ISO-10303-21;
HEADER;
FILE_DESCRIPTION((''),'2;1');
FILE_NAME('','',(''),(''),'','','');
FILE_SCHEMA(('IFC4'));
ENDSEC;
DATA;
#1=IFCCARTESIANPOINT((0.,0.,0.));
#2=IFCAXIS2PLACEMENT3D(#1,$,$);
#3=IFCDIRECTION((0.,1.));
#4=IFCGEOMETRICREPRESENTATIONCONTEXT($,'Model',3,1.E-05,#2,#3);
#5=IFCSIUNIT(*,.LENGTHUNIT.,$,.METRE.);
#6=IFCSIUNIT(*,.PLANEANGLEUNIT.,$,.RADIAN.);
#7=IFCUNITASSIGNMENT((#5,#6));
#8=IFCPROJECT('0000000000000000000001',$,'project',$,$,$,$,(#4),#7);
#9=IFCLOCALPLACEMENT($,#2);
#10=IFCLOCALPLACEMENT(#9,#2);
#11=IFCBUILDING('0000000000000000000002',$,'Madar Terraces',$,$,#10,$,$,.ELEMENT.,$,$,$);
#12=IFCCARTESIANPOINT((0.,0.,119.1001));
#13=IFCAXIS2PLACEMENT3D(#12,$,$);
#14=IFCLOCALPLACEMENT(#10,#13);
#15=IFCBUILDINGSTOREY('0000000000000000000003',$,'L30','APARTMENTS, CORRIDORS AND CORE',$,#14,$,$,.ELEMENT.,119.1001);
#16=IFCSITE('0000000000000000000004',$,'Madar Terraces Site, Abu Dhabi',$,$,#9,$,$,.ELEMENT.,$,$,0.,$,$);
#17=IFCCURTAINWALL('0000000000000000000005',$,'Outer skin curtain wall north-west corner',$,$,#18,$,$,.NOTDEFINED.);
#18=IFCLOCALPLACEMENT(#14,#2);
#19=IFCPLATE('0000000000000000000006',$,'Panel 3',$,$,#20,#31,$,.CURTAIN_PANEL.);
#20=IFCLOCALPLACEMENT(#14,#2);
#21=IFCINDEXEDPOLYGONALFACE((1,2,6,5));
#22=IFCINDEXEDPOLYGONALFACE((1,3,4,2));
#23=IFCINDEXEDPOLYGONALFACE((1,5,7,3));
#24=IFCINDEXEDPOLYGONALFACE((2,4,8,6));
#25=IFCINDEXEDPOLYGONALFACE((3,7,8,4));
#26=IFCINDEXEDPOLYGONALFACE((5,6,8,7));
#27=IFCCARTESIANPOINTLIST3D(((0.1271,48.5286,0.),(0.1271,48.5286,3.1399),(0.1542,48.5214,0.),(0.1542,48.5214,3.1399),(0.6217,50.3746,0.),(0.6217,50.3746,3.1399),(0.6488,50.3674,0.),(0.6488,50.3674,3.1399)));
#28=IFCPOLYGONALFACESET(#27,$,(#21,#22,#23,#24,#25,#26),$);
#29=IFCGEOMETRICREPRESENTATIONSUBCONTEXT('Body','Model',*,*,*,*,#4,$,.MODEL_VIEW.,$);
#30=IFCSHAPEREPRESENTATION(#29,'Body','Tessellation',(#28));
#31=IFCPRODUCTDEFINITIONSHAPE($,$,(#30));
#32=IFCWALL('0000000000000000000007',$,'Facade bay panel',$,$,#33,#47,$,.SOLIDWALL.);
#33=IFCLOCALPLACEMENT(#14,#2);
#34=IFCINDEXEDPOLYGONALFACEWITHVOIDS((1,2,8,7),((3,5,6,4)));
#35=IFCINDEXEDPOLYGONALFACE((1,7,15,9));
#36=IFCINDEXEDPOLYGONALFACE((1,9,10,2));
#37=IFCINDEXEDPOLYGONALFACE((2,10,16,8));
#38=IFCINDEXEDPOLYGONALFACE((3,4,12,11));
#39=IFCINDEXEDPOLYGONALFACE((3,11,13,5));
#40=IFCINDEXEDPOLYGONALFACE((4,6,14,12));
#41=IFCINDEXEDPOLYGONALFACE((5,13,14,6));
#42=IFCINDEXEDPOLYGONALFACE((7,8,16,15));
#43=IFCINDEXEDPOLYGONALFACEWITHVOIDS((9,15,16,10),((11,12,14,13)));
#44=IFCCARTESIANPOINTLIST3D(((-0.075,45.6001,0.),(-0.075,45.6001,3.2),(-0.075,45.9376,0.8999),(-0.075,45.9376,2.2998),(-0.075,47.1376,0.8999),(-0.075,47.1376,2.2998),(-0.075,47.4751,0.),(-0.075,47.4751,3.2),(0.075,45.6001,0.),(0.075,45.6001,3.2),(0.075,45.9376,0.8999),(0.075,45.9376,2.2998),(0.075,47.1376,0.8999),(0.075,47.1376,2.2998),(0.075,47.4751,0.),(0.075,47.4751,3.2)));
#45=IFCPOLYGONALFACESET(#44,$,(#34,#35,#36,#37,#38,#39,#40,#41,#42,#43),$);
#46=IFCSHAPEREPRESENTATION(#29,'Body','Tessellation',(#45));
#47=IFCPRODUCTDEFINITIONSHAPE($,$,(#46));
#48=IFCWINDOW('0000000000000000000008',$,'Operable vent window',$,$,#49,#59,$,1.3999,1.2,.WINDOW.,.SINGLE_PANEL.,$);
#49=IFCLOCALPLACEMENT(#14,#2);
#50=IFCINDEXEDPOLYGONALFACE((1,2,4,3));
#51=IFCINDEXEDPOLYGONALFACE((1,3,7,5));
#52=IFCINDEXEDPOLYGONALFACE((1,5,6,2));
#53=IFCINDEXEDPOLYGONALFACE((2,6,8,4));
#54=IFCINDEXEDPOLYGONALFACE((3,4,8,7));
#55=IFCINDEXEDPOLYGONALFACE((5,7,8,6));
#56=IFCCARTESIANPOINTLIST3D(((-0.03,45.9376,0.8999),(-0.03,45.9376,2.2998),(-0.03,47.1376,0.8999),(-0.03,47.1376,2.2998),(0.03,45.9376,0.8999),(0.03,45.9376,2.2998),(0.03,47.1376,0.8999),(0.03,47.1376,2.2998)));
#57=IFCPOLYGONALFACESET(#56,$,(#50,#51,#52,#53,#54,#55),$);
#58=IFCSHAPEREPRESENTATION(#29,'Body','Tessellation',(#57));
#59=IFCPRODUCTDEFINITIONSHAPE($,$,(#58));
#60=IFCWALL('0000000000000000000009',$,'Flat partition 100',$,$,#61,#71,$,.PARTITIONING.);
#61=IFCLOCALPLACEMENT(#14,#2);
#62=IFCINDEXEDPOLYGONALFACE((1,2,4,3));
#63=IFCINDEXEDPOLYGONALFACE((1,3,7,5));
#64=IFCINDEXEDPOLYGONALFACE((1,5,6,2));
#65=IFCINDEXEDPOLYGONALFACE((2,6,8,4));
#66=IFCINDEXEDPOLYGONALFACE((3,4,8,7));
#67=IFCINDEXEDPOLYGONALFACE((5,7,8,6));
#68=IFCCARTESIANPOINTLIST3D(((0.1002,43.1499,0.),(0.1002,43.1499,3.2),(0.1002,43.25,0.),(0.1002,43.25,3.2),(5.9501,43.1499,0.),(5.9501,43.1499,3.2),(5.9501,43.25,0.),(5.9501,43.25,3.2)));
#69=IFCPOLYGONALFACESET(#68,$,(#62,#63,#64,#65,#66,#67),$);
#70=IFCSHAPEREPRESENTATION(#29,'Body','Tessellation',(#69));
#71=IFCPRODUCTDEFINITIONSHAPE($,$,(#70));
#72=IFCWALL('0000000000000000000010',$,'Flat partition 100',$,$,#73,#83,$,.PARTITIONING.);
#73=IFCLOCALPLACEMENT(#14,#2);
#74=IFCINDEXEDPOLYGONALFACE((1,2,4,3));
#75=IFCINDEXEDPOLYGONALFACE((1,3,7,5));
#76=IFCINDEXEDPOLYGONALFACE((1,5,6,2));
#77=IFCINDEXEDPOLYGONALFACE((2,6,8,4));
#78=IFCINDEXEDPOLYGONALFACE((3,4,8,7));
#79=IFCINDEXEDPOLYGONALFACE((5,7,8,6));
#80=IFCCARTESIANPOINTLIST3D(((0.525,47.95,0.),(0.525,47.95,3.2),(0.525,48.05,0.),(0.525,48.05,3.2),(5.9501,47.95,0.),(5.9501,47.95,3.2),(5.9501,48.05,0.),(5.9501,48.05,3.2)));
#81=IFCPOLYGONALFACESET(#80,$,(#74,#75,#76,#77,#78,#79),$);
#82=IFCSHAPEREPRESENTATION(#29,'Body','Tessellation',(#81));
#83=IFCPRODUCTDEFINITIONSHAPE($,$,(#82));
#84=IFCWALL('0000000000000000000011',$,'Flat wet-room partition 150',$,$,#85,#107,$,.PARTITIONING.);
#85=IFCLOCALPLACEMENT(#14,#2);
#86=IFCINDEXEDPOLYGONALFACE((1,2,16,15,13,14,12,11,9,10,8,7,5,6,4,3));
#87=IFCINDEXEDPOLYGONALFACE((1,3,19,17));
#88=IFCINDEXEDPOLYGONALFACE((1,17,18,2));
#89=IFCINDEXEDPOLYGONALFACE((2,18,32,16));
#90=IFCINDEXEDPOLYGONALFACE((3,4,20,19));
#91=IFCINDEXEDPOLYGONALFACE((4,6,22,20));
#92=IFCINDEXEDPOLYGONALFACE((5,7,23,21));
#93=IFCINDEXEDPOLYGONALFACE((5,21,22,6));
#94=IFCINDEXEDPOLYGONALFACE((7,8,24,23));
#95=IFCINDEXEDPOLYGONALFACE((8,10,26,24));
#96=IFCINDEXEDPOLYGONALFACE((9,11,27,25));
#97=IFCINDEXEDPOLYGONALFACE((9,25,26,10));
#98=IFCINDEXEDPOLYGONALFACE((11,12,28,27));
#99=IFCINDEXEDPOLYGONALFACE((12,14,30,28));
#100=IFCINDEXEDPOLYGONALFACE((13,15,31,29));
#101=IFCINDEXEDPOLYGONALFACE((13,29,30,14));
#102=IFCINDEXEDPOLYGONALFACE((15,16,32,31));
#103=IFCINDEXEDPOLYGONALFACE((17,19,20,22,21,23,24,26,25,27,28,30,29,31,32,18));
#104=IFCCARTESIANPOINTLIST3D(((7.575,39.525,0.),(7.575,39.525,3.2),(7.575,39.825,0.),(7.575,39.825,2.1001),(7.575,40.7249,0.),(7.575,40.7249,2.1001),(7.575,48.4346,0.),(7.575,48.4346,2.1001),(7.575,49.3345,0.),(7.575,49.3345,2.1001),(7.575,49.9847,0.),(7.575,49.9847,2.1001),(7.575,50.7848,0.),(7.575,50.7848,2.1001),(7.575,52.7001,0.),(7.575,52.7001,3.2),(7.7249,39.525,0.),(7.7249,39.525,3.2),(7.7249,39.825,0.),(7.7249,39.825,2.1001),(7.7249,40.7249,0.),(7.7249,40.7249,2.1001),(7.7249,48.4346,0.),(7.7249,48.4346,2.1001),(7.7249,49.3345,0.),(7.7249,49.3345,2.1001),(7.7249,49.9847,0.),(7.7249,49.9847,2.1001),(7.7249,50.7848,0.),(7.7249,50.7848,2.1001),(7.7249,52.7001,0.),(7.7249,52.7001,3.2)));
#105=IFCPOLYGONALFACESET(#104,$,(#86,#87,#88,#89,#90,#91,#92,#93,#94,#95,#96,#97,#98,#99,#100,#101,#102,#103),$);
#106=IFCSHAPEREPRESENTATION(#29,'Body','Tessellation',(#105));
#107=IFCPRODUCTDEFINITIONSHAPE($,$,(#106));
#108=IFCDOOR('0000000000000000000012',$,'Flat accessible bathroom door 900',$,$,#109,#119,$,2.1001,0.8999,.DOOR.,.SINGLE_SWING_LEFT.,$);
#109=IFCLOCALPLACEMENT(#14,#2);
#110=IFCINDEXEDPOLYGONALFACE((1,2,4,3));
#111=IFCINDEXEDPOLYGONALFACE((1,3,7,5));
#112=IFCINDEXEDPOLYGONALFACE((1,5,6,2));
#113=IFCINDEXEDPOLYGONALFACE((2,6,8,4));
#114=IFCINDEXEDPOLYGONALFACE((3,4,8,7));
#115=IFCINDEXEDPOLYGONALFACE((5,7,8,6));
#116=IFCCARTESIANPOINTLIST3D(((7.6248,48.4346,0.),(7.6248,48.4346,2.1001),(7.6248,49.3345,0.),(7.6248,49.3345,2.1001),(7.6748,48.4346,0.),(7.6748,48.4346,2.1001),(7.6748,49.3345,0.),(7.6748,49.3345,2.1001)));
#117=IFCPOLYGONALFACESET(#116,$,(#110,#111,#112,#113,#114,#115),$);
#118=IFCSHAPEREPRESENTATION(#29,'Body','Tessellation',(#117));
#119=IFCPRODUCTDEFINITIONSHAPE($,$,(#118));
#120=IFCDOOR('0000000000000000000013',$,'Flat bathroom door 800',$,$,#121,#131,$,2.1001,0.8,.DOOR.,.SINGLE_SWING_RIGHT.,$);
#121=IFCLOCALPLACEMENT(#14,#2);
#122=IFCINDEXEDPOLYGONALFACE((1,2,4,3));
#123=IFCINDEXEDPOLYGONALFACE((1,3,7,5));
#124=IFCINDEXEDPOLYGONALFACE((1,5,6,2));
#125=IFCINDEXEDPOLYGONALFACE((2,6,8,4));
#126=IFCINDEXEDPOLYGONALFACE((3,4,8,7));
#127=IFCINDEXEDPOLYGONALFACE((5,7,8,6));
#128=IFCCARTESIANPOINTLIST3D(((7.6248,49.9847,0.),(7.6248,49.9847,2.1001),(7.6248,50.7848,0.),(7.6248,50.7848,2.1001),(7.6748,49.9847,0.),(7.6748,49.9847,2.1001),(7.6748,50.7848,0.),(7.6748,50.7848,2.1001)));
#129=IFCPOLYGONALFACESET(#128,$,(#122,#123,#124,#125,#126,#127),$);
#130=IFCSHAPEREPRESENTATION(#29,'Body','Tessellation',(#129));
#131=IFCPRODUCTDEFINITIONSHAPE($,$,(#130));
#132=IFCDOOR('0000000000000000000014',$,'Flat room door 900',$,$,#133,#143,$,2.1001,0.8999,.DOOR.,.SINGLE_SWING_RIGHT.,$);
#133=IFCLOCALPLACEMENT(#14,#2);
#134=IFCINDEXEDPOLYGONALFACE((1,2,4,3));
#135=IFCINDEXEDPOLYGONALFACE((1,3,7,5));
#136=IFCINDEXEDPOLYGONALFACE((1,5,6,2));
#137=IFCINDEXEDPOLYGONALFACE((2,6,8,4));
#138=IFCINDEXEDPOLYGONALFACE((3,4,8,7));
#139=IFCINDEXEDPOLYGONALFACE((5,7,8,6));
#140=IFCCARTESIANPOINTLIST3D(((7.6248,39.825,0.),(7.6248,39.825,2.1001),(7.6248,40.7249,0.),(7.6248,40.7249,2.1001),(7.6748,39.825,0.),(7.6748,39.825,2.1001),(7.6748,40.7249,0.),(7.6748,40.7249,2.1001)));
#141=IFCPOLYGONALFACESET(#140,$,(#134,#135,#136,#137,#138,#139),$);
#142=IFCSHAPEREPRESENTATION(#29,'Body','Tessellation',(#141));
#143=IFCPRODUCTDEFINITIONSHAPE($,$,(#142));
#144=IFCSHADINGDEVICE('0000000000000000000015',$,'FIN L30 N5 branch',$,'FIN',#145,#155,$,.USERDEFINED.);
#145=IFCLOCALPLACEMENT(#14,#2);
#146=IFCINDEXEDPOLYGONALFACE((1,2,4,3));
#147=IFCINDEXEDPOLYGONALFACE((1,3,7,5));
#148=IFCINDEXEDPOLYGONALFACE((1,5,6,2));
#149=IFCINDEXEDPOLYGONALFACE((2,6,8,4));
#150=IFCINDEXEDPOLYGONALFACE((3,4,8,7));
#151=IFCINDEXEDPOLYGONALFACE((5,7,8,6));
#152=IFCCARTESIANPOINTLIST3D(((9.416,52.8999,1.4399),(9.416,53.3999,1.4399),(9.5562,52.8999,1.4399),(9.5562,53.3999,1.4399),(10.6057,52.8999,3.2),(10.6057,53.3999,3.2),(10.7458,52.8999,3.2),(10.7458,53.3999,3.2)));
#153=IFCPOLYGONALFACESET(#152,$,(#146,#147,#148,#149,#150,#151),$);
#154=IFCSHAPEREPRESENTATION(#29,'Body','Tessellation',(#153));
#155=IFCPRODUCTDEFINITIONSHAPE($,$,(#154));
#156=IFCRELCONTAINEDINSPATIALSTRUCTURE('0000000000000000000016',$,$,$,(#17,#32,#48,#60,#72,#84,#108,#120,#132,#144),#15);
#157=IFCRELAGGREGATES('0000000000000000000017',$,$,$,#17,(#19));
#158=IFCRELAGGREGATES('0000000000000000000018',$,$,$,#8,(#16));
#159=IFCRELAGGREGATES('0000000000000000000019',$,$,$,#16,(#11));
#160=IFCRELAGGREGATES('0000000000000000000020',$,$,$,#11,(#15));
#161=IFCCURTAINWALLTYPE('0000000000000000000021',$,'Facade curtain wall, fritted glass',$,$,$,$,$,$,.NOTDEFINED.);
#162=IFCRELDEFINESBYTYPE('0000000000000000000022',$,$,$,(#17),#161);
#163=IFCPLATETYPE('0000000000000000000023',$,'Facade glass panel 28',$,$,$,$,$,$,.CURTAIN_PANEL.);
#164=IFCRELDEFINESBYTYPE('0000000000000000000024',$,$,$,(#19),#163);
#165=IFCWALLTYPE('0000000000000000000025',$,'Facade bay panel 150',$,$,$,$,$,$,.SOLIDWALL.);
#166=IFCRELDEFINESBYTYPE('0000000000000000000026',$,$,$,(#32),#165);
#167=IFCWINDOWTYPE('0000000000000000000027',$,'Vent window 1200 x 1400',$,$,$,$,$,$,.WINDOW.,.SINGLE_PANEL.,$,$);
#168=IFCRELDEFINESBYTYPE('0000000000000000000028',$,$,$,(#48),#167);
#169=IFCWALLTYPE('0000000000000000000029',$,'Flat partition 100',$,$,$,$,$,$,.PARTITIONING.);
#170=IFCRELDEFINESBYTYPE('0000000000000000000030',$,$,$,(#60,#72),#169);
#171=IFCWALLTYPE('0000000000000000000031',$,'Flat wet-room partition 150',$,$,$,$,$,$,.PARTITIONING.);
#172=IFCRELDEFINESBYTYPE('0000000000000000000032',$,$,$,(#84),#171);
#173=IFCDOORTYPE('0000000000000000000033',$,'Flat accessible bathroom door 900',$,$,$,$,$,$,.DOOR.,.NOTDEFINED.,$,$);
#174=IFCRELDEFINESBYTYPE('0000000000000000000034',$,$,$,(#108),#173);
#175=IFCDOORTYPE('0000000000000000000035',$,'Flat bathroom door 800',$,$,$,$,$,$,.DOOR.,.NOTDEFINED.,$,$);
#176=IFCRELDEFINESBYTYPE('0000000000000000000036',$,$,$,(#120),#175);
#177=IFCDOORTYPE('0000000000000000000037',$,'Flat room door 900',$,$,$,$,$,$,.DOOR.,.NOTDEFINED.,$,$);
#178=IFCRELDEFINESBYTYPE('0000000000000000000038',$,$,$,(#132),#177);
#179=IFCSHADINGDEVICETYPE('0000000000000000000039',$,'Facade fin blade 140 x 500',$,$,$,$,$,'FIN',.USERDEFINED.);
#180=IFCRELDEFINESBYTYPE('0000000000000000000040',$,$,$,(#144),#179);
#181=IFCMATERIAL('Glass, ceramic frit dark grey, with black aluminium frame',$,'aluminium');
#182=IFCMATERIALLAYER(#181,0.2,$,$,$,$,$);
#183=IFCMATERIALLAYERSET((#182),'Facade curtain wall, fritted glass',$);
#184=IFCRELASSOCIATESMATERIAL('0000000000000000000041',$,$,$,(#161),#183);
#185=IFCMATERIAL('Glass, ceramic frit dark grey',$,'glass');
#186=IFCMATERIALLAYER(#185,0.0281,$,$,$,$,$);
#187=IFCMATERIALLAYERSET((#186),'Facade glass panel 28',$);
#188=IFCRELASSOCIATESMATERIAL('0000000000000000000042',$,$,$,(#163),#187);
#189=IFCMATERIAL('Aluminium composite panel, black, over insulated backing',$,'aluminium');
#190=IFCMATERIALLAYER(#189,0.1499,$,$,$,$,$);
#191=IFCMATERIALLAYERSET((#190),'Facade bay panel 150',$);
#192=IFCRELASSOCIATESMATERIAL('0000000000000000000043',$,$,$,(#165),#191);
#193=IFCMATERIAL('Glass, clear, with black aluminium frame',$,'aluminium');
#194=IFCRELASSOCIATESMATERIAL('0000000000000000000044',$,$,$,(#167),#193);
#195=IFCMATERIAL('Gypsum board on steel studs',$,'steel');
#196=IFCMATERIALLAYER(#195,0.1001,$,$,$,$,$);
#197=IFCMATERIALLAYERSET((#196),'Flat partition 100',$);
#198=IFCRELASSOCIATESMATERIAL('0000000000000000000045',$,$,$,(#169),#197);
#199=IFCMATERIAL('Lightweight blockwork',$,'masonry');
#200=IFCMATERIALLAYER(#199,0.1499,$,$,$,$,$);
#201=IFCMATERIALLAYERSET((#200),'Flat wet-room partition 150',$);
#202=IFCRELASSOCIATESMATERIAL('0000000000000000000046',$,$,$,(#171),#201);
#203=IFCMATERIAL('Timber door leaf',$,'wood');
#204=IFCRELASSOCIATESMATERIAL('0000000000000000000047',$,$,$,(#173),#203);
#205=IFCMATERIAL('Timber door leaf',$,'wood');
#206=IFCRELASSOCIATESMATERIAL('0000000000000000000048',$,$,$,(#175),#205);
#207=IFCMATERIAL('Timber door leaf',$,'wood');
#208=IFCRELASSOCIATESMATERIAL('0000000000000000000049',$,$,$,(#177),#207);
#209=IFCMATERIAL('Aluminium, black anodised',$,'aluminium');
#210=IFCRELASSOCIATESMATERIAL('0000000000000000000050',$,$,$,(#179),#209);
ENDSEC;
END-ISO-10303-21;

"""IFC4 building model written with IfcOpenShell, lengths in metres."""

from ifc_helpers import new_model, si_unit, direction, frame, frame_2d, origin, origin_2d, place, context, subcontext, project, spatial, polyline, rectangle, outline, extrude, material, layer, layer_set, type_object, element, fill, aggregate, save


model = new_model("IFC4")

# Units and contexts
model_context = context("Model", 3, precision=1e-05, world=origin(), true_north=direction((0.0, 1.0)))
body_context = subcontext(model_context, "Body", "Model", "MODEL_VIEW")
ifc_project = project(units=[si_unit("LENGTHUNIT", "METRE"), si_unit("PLANEANGLEUNIT", "RADIAN")], contexts=[model_context])

# Site, building, storey
site_placement = place(None, origin())
site = spatial("IfcSite", under=ifc_project, at=site_placement, Name="Madar Terraces Site, Abu Dhabi", CompositionType="ELEMENT", RefElevation=0.0)
building_placement = place(site_placement, origin())
building = spatial("IfcBuilding", under=site, at=building_placement, Name="Madar Terraces", CompositionType="ELEMENT")
storey_placement = place(building_placement, frame((0.0, 0.0, 119.1001)))
storey = spatial("IfcBuildingStorey", under=building, at=storey_placement, Name="L30", Description="APARTMENTS, CORRIDORS AND CORE", CompositionType="ELEMENT", Elevation=119.1001)

# Shared definitions
ifc_material_1 = material(Name="Glass, ceramic frit dark grey, with black aluminium frame", Category="aluminium")
ifc_layer_1 = layer(ifc_material_1, 0.2)
ifc_layer_set_1 = layer_set([ifc_layer_1], Name="Facade curtain wall, fritted glass")
curtain_wall_type = type_object("IfcCurtainWallType", Name="Facade curtain wall, fritted glass", PredefinedType="NOTDEFINED", material=ifc_layer_set_1)

# Curtain wall
curtain_wall_1_placement = place(storey_placement, origin())
curtain_wall_1 = element("IfcCurtainWall", 1, at=curtain_wall_1_placement, inside=storey, type_object=curtain_wall_type, Name="Outer skin curtain wall north-west corner", PredefinedType="NOTDEFINED")

# Plate
ifc_material_2 = material(Name="Glass, ceramic frit dark grey", Category="glass")
ifc_layer_2 = layer(ifc_material_2, 0.0281)
ifc_layer_set_2 = layer_set([ifc_layer_2], Name="Facade glass panel 28")
plate_type = type_object("IfcPlateType", Name="Facade glass panel 28", PredefinedType="CURTAIN_PANEL", material=ifc_layer_set_2)
plate_1_placement = place(storey_placement, frame((0.3879, 49.448, 0.0), z_axis=(0.0, 0.0, 1.0), x_axis=(-0.258819, -0.965926, 0.0)))
plate_1 = element("IfcPlate", 2, at=plate_1_placement, type_object=plate_type, Name="Panel 3", PredefinedType="CURTAIN_PANEL", context=body_context, shape_type="SweptSolid", body=[
    extrude(rectangle(XDim=1.9111, YDim=0.0281, at=origin_2d()), origin(), (0.0, 0.0, 1.0), 3.1399),
])
aggregate(curtain_wall_1, [plate_1])

# Wall, opening, window
ifc_material_3 = material(Name="Aluminium composite panel, black, over insulated backing", Category="aluminium")
ifc_layer_3 = layer(ifc_material_3, 0.1499)
ifc_layer_set_3 = layer_set([ifc_layer_3], Name="Facade bay panel 150")
wall_type_1 = type_object("IfcWallType", Name="Facade bay panel 150", PredefinedType="SOLIDWALL", material=ifc_layer_set_3)
wall_1_placement = place(storey_placement, frame((0.0, 47.4751, 0.0), z_axis=(0.0, 0.0, 1.0), x_axis=(0.0, -1.0, 0.0)))
wall_1 = element("IfcWall", 3, at=wall_1_placement, inside=storey, type_object=wall_type_1, Name="Facade bay panel", PredefinedType="SOLIDWALL", context=body_context, shape_type="SweptSolid", body=[
    extrude(rectangle(XDim=1.875, YDim=0.1499, at=frame_2d((0.9375, 0.0))), origin(), (0.0, 0.0, 1.0), 3.2),
])
opening_1_placement = place(wall_1_placement, frame((0.3374, 0.0, 0.8999)))
opening_1 = element("IfcOpeningElement", 4, at=opening_1_placement, cuts=wall_1, PredefinedType="OPENING", context=body_context, shape_type="SweptSolid", body=[
    extrude(rectangle(XDim=1.2, YDim=1.3999, at=frame_2d((0.6001, 0.7))), frame((0.0, 0.085, 0.0), z_axis=(0.0, -1.0, 0.0), x_axis=(1.0, 0.0, 0.0)), (0.0, 0.0, 1.0), 0.1699),
])
ifc_material_4 = material(Name="Glass, clear, with black aluminium frame", Category="aluminium")
window_type = type_object("IfcWindowType", Name="Vent window 1200 x 1400", PartitioningType="SINGLE_PANEL", PredefinedType="WINDOW", material=ifc_material_4)
window_placement = place(opening_1_placement, origin())
window = element("IfcWindow", 5, at=window_placement, inside=storey, type_object=window_type, Name="Operable vent window", OverallHeight=1.3999, OverallWidth=1.2, PartitioningType="SINGLE_PANEL", PredefinedType="WINDOW", context=body_context, shape_type="SweptSolid", body=[
    extrude(rectangle(XDim=1.2, YDim=1.3999, at=frame_2d((0.6001, 0.7))), frame((0.0, 0.03, 0.0), z_axis=(0.0, -1.0, 0.0), x_axis=(1.0, 0.0, 0.0)), (0.0, 0.0, 1.0), 0.0601),
])
fill(opening_1, window)

# Walls
ifc_material_5 = material(Name="Gypsum board on steel studs", Category="steel")
ifc_layer_4 = layer(ifc_material_5, 0.1001)
ifc_layer_set_4 = layer_set([ifc_layer_4], Name="Flat partition 100")
wall_type_2 = type_object("IfcWallType", Name="Flat partition 100", PredefinedType="PARTITIONING", material=ifc_layer_set_4)
wall_2_placement = place(storey_placement, frame((5.95, 43.2, 0.0), z_axis=(0.0, 0.0, 1.0), x_axis=(-1.0, 0.0, 0.0)))
element("IfcWall", 6, at=wall_2_placement, inside=storey, type_object=wall_type_2, Name="Flat partition 100", PredefinedType="PARTITIONING", context=body_context, shape_type="SweptSolid", body=[
    extrude(rectangle(XDim=5.8499, YDim=0.1001, at=frame_2d((2.9248, 0.0))), origin(), (0.0, 0.0, 1.0), 3.2),
])
wall_3_placement = place(storey_placement, frame((5.95, 48.0, 0.0), z_axis=(0.0, 0.0, 1.0), x_axis=(-1.0, 0.0, 0.0)))
element("IfcWall", 7, at=wall_3_placement, inside=storey, type_object=wall_type_2, Name="Flat partition 100", PredefinedType="PARTITIONING", context=body_context, shape_type="SweptSolid", body=[
    extrude(rectangle(XDim=5.425, YDim=0.1001, at=frame_2d((2.7124, 0.0))), origin(), (0.0, 0.0, 1.0), 3.2),
])

# Wall, openings, doors
ifc_material_6 = material(Name="Lightweight blockwork", Category="masonry")
ifc_layer_5 = layer(ifc_material_6, 0.1499)
ifc_layer_set_5 = layer_set([ifc_layer_5], Name="Flat wet-room partition 150")
wall_type_3 = type_object("IfcWallType", Name="Flat wet-room partition 150", PredefinedType="PARTITIONING", material=ifc_layer_set_5)
wall_4_placement = place(storey_placement, frame((7.6499, 52.7, 0.0), z_axis=(0.0, 0.0, 1.0), x_axis=(0.0, -1.0, 0.0)))
wall_4 = element("IfcWall", 8, at=wall_4_placement, inside=storey, type_object=wall_type_3, Name="Flat wet-room partition 150", PredefinedType="PARTITIONING", context=body_context, shape_type="SweptSolid", body=[
    extrude(rectangle(XDim=13.175, YDim=0.1499, at=frame_2d((6.5874, 0.0))), origin(), (0.0, 0.0, 1.0), 3.2),
])
opening_2_placement = place(wall_4_placement, frame((11.9751, 0.0, 0.0)))
opening_2 = element("IfcOpeningElement", 9, at=opening_2_placement, cuts=wall_4, PredefinedType="OPENING", context=body_context, shape_type="SweptSolid", body=[
    extrude(rectangle(XDim=0.8999, YDim=2.1001, at=frame_2d((0.45, 1.05))), frame((0.0, 0.085, 0.0), z_axis=(0.0, -1.0, 0.0), x_axis=(1.0, 0.0, 0.0)), (0.0, 0.0, 1.0), 0.1699),
])
opening_3_placement = place(wall_4_placement, frame((3.3655, 0.0, 0.0)))
opening_3 = element("IfcOpeningElement", 10, at=opening_3_placement, cuts=wall_4, PredefinedType="OPENING", context=body_context, shape_type="SweptSolid", body=[
    extrude(rectangle(XDim=0.8999, YDim=2.1001, at=frame_2d((0.45, 1.05))), frame((0.0, 0.085, 0.0), z_axis=(0.0, -1.0, 0.0), x_axis=(1.0, 0.0, 0.0)), (0.0, 0.0, 1.0), 0.1699),
])
opening_4_placement = place(wall_4_placement, frame((1.9153, 0.0, 0.0)))
opening_4 = element("IfcOpeningElement", 11, at=opening_4_placement, cuts=wall_4, PredefinedType="OPENING", context=body_context, shape_type="SweptSolid", body=[
    extrude(rectangle(XDim=0.8, YDim=2.1001, at=frame_2d((0.3999, 1.05))), frame((0.0, 0.085, 0.0), z_axis=(0.0, -1.0, 0.0), x_axis=(1.0, 0.0, 0.0)), (0.0, 0.0, 1.0), 0.1699),
])
ifc_material_7 = material(Name="Timber door leaf", Category="wood")
door_type_1 = type_object("IfcDoorType", Name="Flat accessible bathroom door 900", OperationType="NOTDEFINED", PredefinedType="DOOR", material=ifc_material_7)
door_1_placement = place(opening_3_placement, origin())
door_1 = element("IfcDoor", 12, at=door_1_placement, inside=storey, type_object=door_type_1, Name="Flat accessible bathroom door 900", OperationType="SINGLE_SWING_LEFT", OverallHeight=2.1001, OverallWidth=0.8999, PredefinedType="DOOR", context=body_context, shape_type="SweptSolid", body=[
    extrude(rectangle(XDim=0.8999, YDim=2.1001, at=frame_2d((0.45, 1.05))), frame((0.0, 0.0249, 0.0), z_axis=(0.0, -1.0, 0.0), x_axis=(1.0, 0.0, 0.0)), (0.0, 0.0, 1.0), 0.05),
])
fill(opening_3, door_1)
ifc_material_8 = material(Name="Timber door leaf", Category="wood")
door_type_2 = type_object("IfcDoorType", Name="Flat bathroom door 800", OperationType="NOTDEFINED", PredefinedType="DOOR", material=ifc_material_8)
door_2_placement = place(opening_4_placement, origin())
door_2 = element("IfcDoor", 13, at=door_2_placement, inside=storey, type_object=door_type_2, Name="Flat bathroom door 800", OperationType="SINGLE_SWING_RIGHT", OverallHeight=2.1001, OverallWidth=0.8, PredefinedType="DOOR", context=body_context, shape_type="SweptSolid", body=[
    extrude(rectangle(XDim=0.8, YDim=2.1001, at=frame_2d((0.3999, 1.05))), frame((0.0, 0.0249, 0.0), z_axis=(0.0, -1.0, 0.0), x_axis=(1.0, 0.0, 0.0)), (0.0, 0.0, 1.0), 0.05),
])
fill(opening_4, door_2)
ifc_material_9 = material(Name="Timber door leaf", Category="wood")
door_type_3 = type_object("IfcDoorType", Name="Flat room door 900", OperationType="NOTDEFINED", PredefinedType="DOOR", material=ifc_material_9)
door_3_placement = place(opening_2_placement, origin())
door_3 = element("IfcDoor", 14, at=door_3_placement, inside=storey, type_object=door_type_3, Name="Flat room door 900", OperationType="SINGLE_SWING_RIGHT", OverallHeight=2.1001, OverallWidth=0.8999, PredefinedType="DOOR", context=body_context, shape_type="SweptSolid", body=[
    extrude(rectangle(XDim=0.8999, YDim=2.1001, at=frame_2d((0.45, 1.05))), frame((0.0, 0.0249, 0.0), z_axis=(0.0, -1.0, 0.0), x_axis=(1.0, 0.0, 0.0)), (0.0, 0.0, 1.0), 0.05),
])
fill(opening_2, door_3)

# Shading device
ifc_material_10 = material(Name="Aluminium, black anodised", Category="aluminium")
shading_device_type = type_object("IfcShadingDeviceType", Name="Facade fin blade 140 x 500", ElementType="FIN", PredefinedType="USERDEFINED", material=ifc_material_10)
shading_device_1_placement = place(storey_placement, frame((9.5562, 53.1499, 1.4399), z_axis=(0.0, 0.0, 1.0), x_axis=(-1.0, 0.0, 0.0)))
element("IfcShadingDevice", 15, at=shading_device_1_placement, inside=storey, type_object=shading_device_type, Name="FIN L30 N5 branch", ObjectType="FIN", PredefinedType="USERDEFINED", context=body_context, shape_type="SweptSolid", body=[
    extrude(outline(polyline([(0.0, 0.0), (0.1401, 0.0), (-1.0496, 1.76), (-1.1897, 1.76), (0.0, 0.0)])), frame((0.0, 0.25, 0.0), z_axis=(0.0, -1.0, 0.0), x_axis=(1.0, 0.0, 0.0)), (0.0, 0.0, 1.0), 0.5),
])

save(model, "model.ifc")
